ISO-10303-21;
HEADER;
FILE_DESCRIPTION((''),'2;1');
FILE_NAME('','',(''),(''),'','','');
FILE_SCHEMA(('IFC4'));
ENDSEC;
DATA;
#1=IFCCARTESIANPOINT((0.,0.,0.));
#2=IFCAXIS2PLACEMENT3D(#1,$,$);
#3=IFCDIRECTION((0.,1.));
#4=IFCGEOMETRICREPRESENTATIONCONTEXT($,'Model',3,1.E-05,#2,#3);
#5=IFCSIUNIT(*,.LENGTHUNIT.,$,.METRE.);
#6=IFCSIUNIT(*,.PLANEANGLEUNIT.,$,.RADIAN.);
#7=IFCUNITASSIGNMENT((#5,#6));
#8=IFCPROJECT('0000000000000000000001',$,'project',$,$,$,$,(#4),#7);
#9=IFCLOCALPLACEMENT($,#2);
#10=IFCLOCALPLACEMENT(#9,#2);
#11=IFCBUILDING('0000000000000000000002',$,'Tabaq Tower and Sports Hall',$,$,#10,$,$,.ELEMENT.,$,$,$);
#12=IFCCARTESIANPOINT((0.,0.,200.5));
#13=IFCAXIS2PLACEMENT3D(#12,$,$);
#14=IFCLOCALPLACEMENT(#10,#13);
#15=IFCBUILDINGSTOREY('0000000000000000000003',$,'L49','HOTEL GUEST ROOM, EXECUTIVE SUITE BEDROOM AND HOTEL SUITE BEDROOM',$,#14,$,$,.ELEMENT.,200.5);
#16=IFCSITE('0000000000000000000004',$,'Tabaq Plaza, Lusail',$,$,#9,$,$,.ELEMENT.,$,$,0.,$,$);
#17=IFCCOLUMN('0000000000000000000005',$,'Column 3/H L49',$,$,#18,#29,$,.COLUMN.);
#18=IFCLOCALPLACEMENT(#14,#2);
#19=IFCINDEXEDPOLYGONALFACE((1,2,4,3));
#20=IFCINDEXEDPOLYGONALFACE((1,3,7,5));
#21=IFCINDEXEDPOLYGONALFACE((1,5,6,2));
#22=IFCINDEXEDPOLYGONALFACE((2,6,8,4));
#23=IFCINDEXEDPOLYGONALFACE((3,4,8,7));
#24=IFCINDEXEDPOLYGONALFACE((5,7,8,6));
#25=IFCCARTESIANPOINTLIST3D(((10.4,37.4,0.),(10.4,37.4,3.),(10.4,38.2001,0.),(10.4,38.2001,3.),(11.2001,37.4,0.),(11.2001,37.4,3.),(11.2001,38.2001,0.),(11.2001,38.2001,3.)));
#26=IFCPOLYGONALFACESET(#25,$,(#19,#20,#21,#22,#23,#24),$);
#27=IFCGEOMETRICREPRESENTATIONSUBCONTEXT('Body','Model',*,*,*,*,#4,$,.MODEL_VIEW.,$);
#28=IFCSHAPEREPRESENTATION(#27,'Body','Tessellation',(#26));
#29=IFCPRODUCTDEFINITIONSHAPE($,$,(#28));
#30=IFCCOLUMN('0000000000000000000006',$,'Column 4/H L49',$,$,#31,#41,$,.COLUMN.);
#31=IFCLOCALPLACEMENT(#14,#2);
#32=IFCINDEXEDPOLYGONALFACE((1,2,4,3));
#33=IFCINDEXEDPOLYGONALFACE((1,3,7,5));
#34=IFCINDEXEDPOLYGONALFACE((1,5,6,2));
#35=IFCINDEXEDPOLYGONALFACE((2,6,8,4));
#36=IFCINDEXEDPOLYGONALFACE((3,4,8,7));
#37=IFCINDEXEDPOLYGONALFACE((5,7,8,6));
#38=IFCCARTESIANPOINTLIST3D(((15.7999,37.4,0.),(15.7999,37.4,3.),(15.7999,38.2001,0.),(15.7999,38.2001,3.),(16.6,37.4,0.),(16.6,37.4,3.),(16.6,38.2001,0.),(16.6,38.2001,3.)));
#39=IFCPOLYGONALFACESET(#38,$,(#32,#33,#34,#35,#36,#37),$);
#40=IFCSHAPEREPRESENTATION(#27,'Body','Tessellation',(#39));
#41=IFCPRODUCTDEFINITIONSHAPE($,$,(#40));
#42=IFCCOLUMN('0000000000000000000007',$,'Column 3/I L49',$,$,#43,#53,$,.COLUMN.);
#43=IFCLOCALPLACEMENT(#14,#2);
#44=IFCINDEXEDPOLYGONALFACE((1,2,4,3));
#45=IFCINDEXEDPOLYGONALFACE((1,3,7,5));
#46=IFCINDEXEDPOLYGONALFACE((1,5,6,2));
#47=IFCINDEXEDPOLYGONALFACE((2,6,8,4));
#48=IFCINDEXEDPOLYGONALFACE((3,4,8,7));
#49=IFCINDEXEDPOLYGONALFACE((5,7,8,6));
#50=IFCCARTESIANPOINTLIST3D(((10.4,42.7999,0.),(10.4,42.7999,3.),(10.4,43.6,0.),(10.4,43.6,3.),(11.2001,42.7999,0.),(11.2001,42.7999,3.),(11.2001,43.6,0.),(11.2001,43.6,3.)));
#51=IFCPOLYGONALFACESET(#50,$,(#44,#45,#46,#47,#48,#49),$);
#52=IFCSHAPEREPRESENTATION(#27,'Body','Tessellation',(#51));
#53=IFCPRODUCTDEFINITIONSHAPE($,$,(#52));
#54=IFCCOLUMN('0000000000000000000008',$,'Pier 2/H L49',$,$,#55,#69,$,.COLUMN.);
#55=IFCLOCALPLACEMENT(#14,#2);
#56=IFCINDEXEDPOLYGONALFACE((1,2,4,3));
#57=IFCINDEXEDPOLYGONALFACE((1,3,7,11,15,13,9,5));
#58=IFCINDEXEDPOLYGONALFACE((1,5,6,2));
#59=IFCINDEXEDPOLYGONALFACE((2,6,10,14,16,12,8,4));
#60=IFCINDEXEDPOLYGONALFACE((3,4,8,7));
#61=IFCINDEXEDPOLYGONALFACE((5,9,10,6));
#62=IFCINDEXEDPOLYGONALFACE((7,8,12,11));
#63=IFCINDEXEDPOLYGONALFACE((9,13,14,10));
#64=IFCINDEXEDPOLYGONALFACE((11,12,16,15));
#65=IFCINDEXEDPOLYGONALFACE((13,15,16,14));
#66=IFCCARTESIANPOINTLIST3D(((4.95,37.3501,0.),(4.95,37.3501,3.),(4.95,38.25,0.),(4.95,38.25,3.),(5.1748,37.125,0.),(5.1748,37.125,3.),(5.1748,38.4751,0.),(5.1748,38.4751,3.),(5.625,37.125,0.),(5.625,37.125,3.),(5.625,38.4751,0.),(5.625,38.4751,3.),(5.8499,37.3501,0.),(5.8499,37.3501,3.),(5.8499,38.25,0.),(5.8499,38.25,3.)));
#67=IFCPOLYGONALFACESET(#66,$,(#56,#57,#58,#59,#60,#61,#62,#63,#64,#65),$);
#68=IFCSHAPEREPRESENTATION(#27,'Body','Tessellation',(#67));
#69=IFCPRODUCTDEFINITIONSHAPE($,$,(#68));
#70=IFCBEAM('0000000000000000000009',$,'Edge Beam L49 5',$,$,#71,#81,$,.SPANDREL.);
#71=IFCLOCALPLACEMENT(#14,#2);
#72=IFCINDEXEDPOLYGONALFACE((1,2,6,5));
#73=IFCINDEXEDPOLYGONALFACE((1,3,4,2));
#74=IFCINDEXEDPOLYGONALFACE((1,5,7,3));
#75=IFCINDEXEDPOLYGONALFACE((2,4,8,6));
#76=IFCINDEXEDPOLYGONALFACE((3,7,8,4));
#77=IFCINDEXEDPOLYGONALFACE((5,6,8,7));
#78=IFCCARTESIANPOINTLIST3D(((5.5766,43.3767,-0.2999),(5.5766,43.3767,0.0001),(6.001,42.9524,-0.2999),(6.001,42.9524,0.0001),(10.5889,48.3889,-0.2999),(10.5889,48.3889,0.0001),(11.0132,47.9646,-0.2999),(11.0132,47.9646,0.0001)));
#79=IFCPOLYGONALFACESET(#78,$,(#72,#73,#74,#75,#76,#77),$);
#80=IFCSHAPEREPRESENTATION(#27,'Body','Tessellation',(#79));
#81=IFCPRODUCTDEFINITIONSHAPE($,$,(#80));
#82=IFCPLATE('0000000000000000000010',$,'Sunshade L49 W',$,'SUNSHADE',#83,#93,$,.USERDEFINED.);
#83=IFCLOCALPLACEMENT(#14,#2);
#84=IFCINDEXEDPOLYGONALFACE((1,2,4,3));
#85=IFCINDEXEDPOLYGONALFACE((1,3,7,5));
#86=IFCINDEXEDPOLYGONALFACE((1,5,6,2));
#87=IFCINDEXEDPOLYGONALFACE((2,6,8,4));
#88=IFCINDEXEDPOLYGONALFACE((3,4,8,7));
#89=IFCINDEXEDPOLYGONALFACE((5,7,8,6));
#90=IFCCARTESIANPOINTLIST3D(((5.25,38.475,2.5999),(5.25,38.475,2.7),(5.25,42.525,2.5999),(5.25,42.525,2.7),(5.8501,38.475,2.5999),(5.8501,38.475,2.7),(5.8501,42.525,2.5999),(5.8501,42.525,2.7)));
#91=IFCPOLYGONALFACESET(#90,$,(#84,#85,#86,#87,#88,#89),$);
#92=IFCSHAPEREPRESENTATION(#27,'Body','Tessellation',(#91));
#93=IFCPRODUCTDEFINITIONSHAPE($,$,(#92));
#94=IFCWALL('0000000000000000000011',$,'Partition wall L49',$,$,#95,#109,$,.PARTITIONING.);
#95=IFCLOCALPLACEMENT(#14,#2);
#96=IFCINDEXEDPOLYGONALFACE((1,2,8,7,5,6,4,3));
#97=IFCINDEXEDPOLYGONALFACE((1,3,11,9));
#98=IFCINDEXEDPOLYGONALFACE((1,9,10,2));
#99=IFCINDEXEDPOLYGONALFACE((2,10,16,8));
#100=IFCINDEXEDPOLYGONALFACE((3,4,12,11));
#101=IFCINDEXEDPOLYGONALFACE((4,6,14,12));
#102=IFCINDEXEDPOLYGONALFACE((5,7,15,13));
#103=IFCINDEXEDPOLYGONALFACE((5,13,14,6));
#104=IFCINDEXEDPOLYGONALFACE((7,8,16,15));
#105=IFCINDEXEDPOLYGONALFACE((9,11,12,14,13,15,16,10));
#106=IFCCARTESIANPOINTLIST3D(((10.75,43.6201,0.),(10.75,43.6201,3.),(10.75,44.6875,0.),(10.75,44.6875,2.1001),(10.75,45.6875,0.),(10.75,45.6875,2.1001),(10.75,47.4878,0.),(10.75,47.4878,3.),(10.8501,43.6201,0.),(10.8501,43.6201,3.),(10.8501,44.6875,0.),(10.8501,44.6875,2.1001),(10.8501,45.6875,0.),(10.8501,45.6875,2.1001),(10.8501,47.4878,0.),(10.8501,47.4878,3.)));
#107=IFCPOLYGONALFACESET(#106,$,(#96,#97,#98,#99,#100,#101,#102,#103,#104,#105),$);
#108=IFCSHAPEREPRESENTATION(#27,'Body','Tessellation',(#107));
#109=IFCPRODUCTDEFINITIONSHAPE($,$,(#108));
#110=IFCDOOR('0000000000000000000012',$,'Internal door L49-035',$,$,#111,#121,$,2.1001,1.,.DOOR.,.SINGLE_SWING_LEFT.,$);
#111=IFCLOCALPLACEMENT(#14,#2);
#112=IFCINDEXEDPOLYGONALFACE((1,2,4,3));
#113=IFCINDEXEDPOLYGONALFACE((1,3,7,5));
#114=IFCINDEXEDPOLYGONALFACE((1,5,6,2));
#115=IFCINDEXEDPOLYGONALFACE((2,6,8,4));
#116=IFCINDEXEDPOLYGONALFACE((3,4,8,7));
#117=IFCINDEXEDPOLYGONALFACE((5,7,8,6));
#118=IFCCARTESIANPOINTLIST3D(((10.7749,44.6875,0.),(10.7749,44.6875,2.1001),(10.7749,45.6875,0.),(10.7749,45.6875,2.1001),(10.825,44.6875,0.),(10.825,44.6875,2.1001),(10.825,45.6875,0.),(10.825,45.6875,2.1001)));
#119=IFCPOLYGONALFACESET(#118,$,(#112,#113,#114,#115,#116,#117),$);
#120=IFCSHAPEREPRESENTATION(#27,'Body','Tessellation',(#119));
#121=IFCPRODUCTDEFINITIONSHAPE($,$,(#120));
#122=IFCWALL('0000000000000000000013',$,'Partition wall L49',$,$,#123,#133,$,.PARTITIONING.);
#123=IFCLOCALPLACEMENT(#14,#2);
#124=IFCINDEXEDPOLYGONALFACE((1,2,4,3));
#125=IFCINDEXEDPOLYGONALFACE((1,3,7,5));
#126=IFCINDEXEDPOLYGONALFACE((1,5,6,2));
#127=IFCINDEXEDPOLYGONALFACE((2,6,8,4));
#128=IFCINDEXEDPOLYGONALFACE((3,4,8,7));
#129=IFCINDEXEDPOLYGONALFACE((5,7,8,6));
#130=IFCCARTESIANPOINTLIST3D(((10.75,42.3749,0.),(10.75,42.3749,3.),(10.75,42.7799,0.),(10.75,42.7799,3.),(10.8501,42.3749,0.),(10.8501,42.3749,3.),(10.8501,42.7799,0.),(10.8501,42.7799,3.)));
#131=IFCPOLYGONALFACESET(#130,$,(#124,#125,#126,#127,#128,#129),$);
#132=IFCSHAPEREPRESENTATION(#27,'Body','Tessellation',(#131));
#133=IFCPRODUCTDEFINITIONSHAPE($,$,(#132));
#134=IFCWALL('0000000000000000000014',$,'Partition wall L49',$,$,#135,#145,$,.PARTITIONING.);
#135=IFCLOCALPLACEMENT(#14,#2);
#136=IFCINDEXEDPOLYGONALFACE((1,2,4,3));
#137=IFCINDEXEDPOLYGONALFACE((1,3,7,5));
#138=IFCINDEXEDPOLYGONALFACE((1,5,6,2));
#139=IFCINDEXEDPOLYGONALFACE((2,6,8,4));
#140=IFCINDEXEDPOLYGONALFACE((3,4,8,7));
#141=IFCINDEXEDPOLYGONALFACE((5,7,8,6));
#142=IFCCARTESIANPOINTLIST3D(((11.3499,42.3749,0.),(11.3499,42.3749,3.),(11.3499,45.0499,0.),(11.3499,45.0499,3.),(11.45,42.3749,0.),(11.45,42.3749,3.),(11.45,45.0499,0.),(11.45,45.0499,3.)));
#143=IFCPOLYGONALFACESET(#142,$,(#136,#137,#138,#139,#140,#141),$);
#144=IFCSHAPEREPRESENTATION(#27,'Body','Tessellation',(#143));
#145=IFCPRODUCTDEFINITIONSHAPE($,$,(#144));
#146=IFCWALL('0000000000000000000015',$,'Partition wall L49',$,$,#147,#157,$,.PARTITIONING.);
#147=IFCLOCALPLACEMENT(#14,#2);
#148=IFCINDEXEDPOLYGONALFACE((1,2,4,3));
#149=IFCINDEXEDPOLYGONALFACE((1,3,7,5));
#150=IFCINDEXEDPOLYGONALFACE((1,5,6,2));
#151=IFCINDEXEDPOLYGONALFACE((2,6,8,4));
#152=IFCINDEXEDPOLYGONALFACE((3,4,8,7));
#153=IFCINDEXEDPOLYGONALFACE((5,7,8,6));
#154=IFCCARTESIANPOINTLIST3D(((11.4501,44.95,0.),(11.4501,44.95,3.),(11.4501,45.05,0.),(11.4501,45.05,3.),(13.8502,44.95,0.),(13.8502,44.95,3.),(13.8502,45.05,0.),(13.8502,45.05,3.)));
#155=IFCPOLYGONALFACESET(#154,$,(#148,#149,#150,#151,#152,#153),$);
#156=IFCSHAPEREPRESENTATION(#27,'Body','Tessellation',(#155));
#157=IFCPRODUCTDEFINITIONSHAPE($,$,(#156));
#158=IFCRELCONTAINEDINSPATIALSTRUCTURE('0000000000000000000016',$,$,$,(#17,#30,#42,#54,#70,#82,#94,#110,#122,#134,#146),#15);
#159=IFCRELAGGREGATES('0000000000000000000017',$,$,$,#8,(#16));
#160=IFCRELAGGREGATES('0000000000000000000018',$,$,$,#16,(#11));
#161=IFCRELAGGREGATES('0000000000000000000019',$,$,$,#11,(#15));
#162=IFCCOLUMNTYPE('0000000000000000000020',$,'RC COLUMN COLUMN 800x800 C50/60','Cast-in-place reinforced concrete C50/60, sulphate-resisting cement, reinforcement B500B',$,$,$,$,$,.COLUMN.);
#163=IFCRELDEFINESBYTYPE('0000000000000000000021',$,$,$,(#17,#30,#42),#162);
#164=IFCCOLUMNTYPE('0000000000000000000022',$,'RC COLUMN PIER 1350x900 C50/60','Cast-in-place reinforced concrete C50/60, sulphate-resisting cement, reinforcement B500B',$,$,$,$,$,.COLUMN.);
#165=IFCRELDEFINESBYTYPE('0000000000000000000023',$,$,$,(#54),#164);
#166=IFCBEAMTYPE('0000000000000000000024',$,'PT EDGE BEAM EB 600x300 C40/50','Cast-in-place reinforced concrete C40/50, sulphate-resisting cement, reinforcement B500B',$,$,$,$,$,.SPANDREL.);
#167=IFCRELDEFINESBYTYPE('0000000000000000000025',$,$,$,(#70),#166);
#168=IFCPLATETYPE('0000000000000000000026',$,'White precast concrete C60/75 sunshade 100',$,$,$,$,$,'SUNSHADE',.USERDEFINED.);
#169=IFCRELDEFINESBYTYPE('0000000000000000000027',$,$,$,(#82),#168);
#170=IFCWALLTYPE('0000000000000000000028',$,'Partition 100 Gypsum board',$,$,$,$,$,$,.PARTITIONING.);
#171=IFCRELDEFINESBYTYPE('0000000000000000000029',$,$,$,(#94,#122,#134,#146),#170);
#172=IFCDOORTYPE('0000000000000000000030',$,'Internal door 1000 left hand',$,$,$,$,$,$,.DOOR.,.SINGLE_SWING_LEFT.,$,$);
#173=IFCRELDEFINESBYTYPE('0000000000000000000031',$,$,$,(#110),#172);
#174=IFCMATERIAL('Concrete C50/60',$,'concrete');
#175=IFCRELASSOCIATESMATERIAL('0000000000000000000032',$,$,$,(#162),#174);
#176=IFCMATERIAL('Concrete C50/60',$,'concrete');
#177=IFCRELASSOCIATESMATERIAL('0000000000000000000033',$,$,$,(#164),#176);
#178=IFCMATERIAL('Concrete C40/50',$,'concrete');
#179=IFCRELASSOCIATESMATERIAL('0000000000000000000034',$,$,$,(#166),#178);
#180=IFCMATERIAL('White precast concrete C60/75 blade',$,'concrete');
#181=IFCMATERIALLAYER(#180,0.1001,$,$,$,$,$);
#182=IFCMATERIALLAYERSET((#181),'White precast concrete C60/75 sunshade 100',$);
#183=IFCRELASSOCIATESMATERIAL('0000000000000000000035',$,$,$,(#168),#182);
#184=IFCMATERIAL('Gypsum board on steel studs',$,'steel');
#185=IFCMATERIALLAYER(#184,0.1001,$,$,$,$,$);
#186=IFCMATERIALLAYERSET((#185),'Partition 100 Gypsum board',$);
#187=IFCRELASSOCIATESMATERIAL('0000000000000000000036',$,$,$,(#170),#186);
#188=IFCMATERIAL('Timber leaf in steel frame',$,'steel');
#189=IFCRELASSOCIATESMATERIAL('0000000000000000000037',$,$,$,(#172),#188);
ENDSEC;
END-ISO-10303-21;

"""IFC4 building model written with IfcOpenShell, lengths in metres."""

from ifc_helpers import new_model, si_unit, direction, frame, frame_2d, origin, origin_2d, place, context, subcontext, project, spatial, polyline, rectangle, outline, extrude, material, layer, layer_set, material_profile, profile_set, type_object, element, fill, save


model = new_model("IFC4")

# Units and contexts
model_context = context("Model", 3, precision=1e-05, world=origin(), true_north=direction((0.0, 1.0)))
body_context = subcontext(model_context, "Body", "Model", "MODEL_VIEW")
ifc_project = project(units=[si_unit("LENGTHUNIT", "METRE"), si_unit("PLANEANGLEUNIT", "RADIAN")], contexts=[model_context])

# Site, building, storey
site_placement = place(None, origin())
site = spatial("IfcSite", under=ifc_project, at=site_placement, Name="Tabaq Plaza, Lusail", CompositionType="ELEMENT", RefElevation=0.0)
building_placement = place(site_placement, origin())
building = spatial("IfcBuilding", under=site, at=building_placement, Name="Tabaq Tower and Sports Hall", CompositionType="ELEMENT")
storey_placement = place(building_placement, frame((0.0, 0.0, 200.5)))
storey = spatial("IfcBuildingStorey", under=building, at=storey_placement, Name="L49", Description="HOTEL GUEST ROOM, EXECUTIVE SUITE BEDROOM AND HOTEL SUITE BEDROOM", CompositionType="ELEMENT", Elevation=200.5)

# Columns
ifc_material_1 = material(Name="Concrete C50/60", Category="concrete")
ifc_material_profile_1 = material_profile(ifc_material_1, rectangle(XDim=0.8, YDim=0.8, at=origin_2d()), Name="COLUMN 800x800")
ifc_profile_set_1 = profile_set([ifc_material_profile_1], Name="Concrete C50/60")
column_type_1 = type_object("IfcColumnType", Name="RC COLUMN COLUMN 800x800 C50/60", Description="Cast-in-place reinforced concrete C50/60, sulphate-resisting cement, reinforcement B500B", PredefinedType="COLUMN", material=ifc_profile_set_1)
for number, where, z_axis, x_axis, name in (
    (1, (10.8, 37.8, 0.0), (0.0, 0.0, 1.0), (1.0, 0.0, 0.0), "Column 3/H L49"),
    (2, (16.2, 37.8, 0.0), (0.0, 0.0, 1.0), (1.0, 0.0, 0.0), "Column 4/H L49"),
    (3, (10.8, 43.2, 0.0), (0.0, 0.0, 1.0), (1.0, 0.0, 0.0), "Column 3/I L49"),
):
    element("IfcColumn", number, at=place(storey_placement, frame(where, z_axis=z_axis, x_axis=x_axis)), inside=storey, type_object=column_type_1, Name=name, PredefinedType="COLUMN", context=body_context, shape_type="SweptSolid", body=[
        extrude(rectangle(XDim=0.8, YDim=0.8, at=origin_2d()), origin(), (0.0, 0.0, 1.0), 3.0),
    ])
ifc_material_2 = material(Name="Concrete C50/60", Category="concrete")
ifc_material_profile_2 = material_profile(ifc_material_2, outline(polyline([(-0.45, -0.45), (0.45, -0.45), (0.675, -0.2251), (0.675, 0.2251), (0.45, 0.45), (-0.45, 0.45), (-0.675, 0.2251), (-0.675, -0.2251), (-0.45, -0.45)])), Name="PIER 1350x900")
ifc_profile_set_2 = profile_set([ifc_material_profile_2], Name="Concrete C50/60")
column_type_2 = type_object("IfcColumnType", Name="RC COLUMN PIER 1350x900 C50/60", Description="Cast-in-place reinforced concrete C50/60, sulphate-resisting cement, reinforcement B500B", PredefinedType="COLUMN", material=ifc_profile_set_2)
column_placement = place(storey_placement, frame((5.3999, 37.8, 0.0), z_axis=(0.0, 0.0, 1.0), x_axis=(0.0, 1.0, 0.0)))
element("IfcColumn", 4, at=column_placement, inside=storey, type_object=column_type_2, Name="Pier 2/H L49", PredefinedType="COLUMN", context=body_context, shape_type="SweptSolid", body=[
    extrude(outline(polyline([(-0.45, -0.45), (0.45, -0.45), (0.675, -0.2251), (0.675, 0.2251), (0.45, 0.45), (-0.45, 0.45), (-0.675, 0.2251), (-0.675, -0.2251), (-0.45, -0.45)])), origin(), (0.0, 0.0, 1.0), 3.0),
])

# Beam
ifc_material_3 = material(Name="Concrete C40/50", Category="concrete")
ifc_material_profile_3 = material_profile(ifc_material_3, rectangle(XDim=0.6001, YDim=0.3, at=origin_2d()), Name="EB 600x300")
ifc_profile_set_3 = profile_set([ifc_material_profile_3], Name="Concrete C40/50")
beam_type = type_object("IfcBeamType", Name="PT EDGE BEAM EB 600x300 C40/50", Description="Cast-in-place reinforced concrete C40/50, sulphate-resisting cement, reinforcement B500B", PredefinedType="SPANDREL", material=ifc_profile_set_3)
beam_placement = place(storey_placement, frame((10.801, 48.1768, -0.1499), z_axis=(-0.707107, -0.707107, 0.0), x_axis=(0.707107, -0.707107, 0.0)))
element("IfcBeam", 5, at=beam_placement, inside=storey, type_object=beam_type, Name="Edge Beam L49 5", PredefinedType="SPANDREL", context=body_context, shape_type="SweptSolid", body=[
    extrude(rectangle(XDim=0.6001, YDim=0.3, at=origin_2d()), origin(), (0.0, 0.0, 1.0), 7.0884),
])

# Plate
ifc_material_4 = material(Name="White precast concrete C60/75 blade", Category="concrete")
ifc_layer_1 = layer(ifc_material_4, 0.1001)
ifc_layer_set_1 = layer_set([ifc_layer_1], Name="White precast concrete C60/75 sunshade 100")
plate_type = type_object("IfcPlateType", Name="White precast concrete C60/75 sunshade 100", ElementType="SUNSHADE", PredefinedType="USERDEFINED", material=ifc_layer_set_1)
plate_placement = place(storey_placement, frame((5.55, 40.5, 2.5999), z_axis=(0.0, 0.0, 1.0), x_axis=(0.0, -1.0, 0.0)))
element("IfcPlate", 6, at=plate_placement, inside=storey, type_object=plate_type, Name="Sunshade L49 W", ObjectType="SUNSHADE", PredefinedType="USERDEFINED", context=body_context, shape_type="SweptSolid", body=[
    extrude(rectangle(XDim=4.05, YDim=0.6001, at=origin_2d()), origin(), (0.0, 0.0, 1.0), 0.1001),
])

# Wall, opening, door
ifc_material_5 = material(Name="Gypsum board on steel studs", Category="steel")
ifc_layer_2 = layer(ifc_material_5, 0.1001)
ifc_layer_set_2 = layer_set([ifc_layer_2], Name="Partition 100 Gypsum board")
wall_type_1 = type_object("IfcWallType", Name="Partition 100 Gypsum board", PredefinedType="PARTITIONING", material=ifc_layer_set_2)
wall_1_placement = place(storey_placement, frame((10.8, 47.4878, 0.0), z_axis=(0.0, 0.0, 1.0), x_axis=(0.0, -1.0, 0.0)))
wall_1 = element("IfcWall", 7, at=wall_1_placement, inside=storey, type_object=wall_type_1, Name="Partition wall L49", PredefinedType="PARTITIONING", context=body_context, shape_type="SweptSolid", body=[
    extrude(rectangle(XDim=3.8677, YDim=0.1001, at=frame_2d((1.9338, 0.0))), origin(), (0.0, 0.0, 1.0), 3.0),
])
opening_1_placement = place(wall_1_placement, frame((1.8003, 0.0, 0.0)))
opening_1 = element("IfcOpeningElement", 8, at=opening_1_placement, cuts=wall_1, PredefinedType="OPENING", context=body_context, shape_type="SweptSolid", body=[
    extrude(rectangle(XDim=1.0, YDim=2.1001, at=frame_2d((0.5, 1.05))), frame((0.0, 0.05, 0.0), z_axis=(0.0, -1.0, 0.0), x_axis=(1.0, 0.0, 0.0)), (0.0, 0.0, 1.0), 0.1001),
])
ifc_material_6 = material(Name="Timber leaf in steel frame", Category="steel")
door_type_1 = type_object("IfcDoorType", Name="Internal door 1000 left hand", OperationType="SINGLE_SWING_LEFT", PredefinedType="DOOR", material=ifc_material_6)
door_1_placement = place(opening_1_placement, origin())
door_1 = element("IfcDoor", 9, at=door_1_placement, inside=storey, type_object=door_type_1, Name="Internal door L49-035", OperationType="SINGLE_SWING_LEFT", OverallHeight=2.1001, OverallWidth=1.0, PredefinedType="DOOR", context=body_context, shape_type="SweptSolid", body=[
    extrude(rectangle(XDim=1.0, YDim=2.1001, at=frame_2d((0.5, 1.05))), frame((0.0, 0.0249, 0.0), z_axis=(0.0, -1.0, 0.0), x_axis=(1.0, 0.0, 0.0)), (0.0, 0.0, 1.0), 0.05),
])
fill(opening_1, door_1)

# Walls
wall_2_placement = place(storey_placement, frame((10.8, 42.78, 0.0), z_axis=(0.0, 0.0, 1.0), x_axis=(0.0, -1.0, 0.0)))
element("IfcWall", 10, at=wall_2_placement, inside=storey, type_object=wall_type_1, Name="Partition wall L49", PredefinedType="PARTITIONING", context=body_context, shape_type="SweptSolid", body=[
    extrude(rectangle(XDim=0.405, YDim=0.1001, at=frame_2d((0.2026, 0.0))), origin(), (0.0, 0.0, 1.0), 3.0),
])
wall_3_placement = place(storey_placement, frame((11.3999, 42.375, 0.0), z_axis=(0.0, 0.0, 1.0), x_axis=(0.0, 1.0, 0.0)))
element("IfcWall", 11, at=wall_3_placement, inside=storey, type_object=wall_type_1, Name="Partition wall L49", PredefinedType="PARTITIONING", context=body_context, shape_type="SweptSolid", body=[
    extrude(rectangle(XDim=2.675, YDim=0.1001, at=frame_2d((1.3374, 0.0))), origin(), (0.0, 0.0, 1.0), 3.0),
])
wall_4_placement = place(storey_placement, frame((11.45, 45.0, 0.0), z_axis=(0.0, 0.0, 1.0), x_axis=(1.0, 0.0, 0.0)))
element("IfcWall", 12, at=wall_4_placement, inside=storey, type_object=wall_type_1, Name="Partition wall L49", PredefinedType="PARTITIONING", context=body_context, shape_type="SweptSolid", body=[
    extrude(rectangle(XDim=2.4001, YDim=0.1001, at=frame_2d((1.2002, 0.0))), origin(), (0.0, 0.0, 1.0), 3.0),
])

save(model, "model.ifc")
